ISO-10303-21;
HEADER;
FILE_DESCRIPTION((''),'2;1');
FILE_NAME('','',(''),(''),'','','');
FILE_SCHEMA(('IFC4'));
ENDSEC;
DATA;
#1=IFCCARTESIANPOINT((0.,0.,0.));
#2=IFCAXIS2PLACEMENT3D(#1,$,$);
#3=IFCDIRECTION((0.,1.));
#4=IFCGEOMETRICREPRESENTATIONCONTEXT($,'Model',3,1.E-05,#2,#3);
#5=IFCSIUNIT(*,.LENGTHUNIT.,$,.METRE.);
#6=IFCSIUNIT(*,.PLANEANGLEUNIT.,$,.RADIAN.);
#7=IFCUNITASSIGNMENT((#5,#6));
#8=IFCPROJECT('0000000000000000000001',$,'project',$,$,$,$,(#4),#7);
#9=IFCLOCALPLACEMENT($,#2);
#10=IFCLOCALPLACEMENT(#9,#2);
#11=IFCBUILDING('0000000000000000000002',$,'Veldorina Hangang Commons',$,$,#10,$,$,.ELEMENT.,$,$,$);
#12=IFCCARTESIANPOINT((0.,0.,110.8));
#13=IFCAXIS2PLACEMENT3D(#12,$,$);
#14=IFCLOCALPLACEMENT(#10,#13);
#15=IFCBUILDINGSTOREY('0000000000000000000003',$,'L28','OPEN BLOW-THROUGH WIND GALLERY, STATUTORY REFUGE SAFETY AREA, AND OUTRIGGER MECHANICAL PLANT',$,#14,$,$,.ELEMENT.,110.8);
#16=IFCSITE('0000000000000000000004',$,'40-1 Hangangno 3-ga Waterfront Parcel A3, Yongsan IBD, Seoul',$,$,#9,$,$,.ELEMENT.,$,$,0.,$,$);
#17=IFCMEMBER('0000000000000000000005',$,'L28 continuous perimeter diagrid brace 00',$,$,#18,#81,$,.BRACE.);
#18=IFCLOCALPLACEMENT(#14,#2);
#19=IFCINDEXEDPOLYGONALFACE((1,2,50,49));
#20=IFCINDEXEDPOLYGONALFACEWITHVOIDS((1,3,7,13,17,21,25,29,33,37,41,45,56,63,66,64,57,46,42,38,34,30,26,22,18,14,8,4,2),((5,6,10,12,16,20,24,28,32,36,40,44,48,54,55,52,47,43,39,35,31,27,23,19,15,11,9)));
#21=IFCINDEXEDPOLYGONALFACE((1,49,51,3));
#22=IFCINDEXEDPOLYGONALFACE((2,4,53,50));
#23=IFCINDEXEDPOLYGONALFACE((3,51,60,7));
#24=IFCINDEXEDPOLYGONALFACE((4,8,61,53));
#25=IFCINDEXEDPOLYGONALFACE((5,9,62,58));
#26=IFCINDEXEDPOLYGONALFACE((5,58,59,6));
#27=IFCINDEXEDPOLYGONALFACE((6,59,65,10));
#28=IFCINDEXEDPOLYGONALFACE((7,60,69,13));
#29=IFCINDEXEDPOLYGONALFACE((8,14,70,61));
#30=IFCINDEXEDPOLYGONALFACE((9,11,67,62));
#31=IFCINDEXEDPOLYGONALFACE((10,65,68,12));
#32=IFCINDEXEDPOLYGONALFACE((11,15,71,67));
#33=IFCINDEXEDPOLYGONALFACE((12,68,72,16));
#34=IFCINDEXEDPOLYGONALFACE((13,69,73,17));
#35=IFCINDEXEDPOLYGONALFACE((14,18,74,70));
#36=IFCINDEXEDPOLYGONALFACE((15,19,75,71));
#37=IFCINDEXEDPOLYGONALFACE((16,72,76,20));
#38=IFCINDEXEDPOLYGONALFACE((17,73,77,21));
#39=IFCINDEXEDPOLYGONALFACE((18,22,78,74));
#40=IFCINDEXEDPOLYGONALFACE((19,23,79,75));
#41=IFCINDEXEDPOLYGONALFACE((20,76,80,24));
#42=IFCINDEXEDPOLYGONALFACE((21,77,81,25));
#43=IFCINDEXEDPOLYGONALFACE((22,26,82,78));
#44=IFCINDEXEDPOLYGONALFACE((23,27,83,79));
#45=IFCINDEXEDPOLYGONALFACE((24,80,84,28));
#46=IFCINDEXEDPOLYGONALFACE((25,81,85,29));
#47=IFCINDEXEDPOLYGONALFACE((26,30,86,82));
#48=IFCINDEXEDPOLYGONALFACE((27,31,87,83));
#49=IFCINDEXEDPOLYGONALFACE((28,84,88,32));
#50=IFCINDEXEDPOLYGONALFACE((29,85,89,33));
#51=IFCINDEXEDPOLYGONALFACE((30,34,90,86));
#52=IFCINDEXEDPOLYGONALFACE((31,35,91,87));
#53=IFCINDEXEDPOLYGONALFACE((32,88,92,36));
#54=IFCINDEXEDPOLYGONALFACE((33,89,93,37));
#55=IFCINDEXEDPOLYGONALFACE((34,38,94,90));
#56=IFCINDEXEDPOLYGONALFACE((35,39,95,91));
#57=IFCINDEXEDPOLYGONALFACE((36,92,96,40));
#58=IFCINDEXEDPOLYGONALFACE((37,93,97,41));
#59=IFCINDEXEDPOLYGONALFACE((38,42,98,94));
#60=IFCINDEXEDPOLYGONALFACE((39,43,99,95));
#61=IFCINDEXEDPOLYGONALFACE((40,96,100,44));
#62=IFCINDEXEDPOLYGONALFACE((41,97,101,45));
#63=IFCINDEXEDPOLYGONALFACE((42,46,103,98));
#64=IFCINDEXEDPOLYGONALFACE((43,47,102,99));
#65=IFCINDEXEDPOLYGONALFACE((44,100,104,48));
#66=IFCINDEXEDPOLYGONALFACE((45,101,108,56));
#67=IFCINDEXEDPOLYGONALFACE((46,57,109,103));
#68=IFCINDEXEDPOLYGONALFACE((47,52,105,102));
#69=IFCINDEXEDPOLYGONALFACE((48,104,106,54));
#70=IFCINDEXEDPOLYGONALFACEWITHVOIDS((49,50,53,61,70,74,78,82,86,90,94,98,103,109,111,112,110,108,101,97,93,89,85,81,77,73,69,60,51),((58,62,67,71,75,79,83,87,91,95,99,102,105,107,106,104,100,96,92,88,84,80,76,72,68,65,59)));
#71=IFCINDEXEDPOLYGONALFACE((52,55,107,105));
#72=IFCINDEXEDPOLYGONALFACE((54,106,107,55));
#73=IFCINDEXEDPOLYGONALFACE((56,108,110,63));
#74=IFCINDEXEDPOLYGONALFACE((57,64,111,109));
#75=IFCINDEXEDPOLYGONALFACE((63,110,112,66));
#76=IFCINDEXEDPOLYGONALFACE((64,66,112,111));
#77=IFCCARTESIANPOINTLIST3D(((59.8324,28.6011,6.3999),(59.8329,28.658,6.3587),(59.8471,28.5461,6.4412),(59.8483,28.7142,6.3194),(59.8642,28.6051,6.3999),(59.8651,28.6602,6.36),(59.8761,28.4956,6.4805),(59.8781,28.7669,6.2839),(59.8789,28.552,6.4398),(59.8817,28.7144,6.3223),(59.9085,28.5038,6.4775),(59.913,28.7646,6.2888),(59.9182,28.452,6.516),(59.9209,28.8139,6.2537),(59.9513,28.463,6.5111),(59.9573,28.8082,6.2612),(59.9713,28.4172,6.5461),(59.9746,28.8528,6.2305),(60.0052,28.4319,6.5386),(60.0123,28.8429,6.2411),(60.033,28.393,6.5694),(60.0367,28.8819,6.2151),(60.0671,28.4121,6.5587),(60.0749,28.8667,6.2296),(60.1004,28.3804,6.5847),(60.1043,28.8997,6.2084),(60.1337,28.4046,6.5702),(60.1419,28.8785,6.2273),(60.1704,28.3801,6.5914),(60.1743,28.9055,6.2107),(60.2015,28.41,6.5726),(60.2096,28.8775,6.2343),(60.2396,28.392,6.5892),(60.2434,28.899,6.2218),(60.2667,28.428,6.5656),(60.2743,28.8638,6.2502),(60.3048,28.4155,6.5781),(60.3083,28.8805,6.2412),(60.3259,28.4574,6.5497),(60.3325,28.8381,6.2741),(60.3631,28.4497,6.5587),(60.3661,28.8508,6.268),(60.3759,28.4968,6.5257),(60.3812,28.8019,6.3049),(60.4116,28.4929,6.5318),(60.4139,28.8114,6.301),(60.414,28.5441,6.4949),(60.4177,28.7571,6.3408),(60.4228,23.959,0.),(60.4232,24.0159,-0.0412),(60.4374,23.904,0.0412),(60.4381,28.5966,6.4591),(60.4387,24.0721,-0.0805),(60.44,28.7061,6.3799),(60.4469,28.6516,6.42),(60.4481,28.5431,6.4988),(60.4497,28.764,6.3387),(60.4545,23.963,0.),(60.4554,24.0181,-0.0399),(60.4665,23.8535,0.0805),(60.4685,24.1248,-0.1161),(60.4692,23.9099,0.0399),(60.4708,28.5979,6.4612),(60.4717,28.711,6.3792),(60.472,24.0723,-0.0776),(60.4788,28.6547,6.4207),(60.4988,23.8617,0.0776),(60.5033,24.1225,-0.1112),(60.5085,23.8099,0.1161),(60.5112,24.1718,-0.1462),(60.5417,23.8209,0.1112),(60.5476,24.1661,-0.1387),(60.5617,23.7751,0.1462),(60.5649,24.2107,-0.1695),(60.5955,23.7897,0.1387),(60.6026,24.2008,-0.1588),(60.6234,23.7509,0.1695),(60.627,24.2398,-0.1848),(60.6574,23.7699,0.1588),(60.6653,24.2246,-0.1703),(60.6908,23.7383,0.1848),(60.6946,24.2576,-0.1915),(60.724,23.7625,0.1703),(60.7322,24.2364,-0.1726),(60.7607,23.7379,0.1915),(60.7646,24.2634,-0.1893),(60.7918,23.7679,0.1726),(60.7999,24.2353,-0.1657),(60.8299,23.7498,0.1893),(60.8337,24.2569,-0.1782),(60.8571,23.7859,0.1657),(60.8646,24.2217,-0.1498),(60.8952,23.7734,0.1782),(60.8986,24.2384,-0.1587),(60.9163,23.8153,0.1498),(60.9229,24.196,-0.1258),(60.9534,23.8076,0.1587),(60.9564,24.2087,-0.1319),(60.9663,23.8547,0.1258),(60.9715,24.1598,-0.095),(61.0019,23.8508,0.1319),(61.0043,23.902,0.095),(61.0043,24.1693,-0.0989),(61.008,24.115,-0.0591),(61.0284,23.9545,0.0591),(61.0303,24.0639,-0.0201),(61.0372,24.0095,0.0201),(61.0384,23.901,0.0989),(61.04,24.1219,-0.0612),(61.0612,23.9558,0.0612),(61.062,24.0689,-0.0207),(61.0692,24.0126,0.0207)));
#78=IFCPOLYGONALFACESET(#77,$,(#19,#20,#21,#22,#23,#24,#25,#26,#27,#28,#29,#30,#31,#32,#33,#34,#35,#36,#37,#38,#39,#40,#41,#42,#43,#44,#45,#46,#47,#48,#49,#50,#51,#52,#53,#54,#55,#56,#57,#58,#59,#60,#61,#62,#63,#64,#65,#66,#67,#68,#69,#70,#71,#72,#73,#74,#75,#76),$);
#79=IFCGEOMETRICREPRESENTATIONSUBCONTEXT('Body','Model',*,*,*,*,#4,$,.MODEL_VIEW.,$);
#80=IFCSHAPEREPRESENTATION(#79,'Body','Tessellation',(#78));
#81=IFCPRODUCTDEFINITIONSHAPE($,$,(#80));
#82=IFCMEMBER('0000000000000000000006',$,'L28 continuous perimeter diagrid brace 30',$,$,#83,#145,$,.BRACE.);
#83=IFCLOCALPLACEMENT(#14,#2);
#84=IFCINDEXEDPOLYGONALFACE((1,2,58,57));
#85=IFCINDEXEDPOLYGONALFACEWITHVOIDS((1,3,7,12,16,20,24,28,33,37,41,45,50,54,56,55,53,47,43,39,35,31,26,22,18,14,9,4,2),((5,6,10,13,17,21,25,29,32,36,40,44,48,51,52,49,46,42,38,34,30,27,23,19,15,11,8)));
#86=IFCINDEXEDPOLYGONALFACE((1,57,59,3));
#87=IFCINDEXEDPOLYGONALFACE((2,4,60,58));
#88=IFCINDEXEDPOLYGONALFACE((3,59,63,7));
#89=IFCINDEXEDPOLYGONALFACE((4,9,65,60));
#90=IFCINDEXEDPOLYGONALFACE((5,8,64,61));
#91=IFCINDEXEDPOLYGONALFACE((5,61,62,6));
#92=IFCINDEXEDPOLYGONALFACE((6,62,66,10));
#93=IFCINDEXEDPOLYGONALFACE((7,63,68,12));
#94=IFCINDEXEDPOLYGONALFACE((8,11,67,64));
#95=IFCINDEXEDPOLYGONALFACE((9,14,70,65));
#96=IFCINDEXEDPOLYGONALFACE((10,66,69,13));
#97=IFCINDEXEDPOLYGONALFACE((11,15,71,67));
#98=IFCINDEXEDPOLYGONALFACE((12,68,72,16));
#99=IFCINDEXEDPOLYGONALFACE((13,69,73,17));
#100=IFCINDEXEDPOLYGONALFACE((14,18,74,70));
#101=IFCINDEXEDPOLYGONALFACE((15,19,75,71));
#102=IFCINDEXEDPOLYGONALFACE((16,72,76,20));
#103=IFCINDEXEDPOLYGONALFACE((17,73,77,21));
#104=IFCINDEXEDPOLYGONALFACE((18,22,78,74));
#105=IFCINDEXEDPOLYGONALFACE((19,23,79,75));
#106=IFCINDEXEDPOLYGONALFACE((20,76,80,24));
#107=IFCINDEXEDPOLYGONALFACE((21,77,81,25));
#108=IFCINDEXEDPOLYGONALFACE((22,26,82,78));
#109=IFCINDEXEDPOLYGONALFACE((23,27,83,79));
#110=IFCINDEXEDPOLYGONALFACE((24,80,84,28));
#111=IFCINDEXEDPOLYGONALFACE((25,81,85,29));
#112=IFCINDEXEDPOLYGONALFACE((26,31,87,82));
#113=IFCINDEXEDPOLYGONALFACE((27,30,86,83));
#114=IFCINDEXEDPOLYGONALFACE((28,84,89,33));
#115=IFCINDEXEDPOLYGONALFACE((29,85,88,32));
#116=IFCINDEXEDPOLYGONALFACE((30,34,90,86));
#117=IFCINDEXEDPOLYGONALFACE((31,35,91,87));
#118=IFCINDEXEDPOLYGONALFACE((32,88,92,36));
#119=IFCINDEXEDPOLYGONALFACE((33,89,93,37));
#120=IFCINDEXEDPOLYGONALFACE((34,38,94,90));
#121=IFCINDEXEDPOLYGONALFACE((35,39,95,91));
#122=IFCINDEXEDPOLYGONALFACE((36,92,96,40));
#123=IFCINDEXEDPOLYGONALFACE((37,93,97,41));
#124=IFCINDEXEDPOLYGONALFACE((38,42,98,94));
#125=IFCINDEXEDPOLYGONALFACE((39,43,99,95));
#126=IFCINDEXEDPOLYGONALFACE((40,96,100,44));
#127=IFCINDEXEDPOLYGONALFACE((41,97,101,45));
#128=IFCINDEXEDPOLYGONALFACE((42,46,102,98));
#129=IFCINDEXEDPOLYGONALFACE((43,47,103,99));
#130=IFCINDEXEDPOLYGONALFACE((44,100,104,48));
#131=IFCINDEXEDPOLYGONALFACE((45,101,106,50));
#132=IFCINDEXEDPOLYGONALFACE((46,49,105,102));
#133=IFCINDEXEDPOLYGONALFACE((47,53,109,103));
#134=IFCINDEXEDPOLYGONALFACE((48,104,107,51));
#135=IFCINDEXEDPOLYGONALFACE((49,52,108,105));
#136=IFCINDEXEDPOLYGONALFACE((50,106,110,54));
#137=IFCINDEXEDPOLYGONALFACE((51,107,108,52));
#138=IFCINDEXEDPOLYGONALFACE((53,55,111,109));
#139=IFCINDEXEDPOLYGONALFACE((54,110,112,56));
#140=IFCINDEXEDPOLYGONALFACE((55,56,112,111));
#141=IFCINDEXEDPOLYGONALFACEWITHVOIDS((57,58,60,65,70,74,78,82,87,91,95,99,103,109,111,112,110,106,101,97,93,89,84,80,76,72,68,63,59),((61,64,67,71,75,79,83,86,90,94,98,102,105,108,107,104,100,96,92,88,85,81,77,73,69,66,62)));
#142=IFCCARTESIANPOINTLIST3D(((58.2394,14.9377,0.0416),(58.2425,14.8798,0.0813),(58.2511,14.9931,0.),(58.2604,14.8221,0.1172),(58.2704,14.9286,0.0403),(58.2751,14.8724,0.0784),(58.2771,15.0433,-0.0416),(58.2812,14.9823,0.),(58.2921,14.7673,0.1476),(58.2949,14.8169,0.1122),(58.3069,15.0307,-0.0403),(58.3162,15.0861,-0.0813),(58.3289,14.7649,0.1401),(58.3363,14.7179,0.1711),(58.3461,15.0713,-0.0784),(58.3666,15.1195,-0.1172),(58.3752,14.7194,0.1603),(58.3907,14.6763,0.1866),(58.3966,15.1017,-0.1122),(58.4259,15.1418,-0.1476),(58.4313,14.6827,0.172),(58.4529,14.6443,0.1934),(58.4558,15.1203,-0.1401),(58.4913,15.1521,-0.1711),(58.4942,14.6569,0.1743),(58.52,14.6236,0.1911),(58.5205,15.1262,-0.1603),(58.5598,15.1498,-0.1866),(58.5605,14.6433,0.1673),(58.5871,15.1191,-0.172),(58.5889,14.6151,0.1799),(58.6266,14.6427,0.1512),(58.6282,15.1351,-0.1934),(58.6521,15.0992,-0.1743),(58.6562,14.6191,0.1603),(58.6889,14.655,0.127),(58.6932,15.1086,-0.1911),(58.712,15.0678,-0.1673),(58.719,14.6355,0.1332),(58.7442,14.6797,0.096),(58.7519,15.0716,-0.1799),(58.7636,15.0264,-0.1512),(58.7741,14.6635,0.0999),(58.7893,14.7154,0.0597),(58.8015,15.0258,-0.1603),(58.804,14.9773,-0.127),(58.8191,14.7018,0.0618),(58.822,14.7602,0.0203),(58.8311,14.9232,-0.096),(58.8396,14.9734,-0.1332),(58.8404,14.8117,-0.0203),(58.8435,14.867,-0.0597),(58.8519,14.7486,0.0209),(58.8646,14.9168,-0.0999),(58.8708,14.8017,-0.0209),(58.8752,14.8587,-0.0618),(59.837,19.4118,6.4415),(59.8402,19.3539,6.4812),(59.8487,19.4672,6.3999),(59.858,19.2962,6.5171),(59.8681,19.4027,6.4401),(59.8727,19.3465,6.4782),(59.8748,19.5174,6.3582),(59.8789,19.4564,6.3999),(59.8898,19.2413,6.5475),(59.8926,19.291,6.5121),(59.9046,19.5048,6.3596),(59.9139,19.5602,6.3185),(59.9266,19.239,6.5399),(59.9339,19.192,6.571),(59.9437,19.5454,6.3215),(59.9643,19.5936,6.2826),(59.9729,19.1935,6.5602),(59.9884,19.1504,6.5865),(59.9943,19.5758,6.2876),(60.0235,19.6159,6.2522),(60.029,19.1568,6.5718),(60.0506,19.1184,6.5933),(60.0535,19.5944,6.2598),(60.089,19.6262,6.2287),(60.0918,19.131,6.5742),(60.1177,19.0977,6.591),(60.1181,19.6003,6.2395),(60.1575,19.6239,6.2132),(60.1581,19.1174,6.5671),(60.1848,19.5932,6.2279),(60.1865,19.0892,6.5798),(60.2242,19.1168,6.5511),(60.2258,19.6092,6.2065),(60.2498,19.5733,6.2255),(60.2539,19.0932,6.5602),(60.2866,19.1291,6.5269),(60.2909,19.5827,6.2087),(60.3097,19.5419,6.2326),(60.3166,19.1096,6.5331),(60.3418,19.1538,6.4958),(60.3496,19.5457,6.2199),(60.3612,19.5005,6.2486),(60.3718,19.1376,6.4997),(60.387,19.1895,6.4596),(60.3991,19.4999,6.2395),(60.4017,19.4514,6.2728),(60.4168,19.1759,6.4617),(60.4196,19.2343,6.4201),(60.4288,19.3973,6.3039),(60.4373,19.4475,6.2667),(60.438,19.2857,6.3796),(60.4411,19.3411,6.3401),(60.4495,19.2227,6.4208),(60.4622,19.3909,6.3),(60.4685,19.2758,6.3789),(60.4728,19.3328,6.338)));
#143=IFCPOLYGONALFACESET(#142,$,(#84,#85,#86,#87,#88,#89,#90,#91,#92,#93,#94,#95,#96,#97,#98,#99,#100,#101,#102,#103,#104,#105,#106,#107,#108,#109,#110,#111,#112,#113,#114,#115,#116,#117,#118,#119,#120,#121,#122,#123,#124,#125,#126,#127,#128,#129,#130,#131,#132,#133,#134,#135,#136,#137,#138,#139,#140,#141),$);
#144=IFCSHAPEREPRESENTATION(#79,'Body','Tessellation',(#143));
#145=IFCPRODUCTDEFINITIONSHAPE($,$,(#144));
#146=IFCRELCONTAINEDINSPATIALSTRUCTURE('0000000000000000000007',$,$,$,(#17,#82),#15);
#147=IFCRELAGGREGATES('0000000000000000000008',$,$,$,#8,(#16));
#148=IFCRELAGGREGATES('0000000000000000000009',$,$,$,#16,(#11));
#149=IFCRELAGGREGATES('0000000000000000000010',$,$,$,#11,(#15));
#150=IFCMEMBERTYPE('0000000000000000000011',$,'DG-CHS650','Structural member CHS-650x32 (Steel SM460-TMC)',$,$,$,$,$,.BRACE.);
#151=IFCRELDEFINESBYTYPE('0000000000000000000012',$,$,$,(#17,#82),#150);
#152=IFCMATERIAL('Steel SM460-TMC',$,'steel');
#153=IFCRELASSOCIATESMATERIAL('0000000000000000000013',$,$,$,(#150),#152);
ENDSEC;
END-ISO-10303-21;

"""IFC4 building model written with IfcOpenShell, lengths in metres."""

from ifc_helpers import new_model, si_unit, direction, frame, origin, origin_2d, place, context, subcontext, project, spatial, hollow_circle, extrude, material, material_profile, profile_set, type_object, element, save


model = new_model("IFC4")

# Units and contexts
model_context = context("Model", 3, precision=1e-05, world=origin(), true_north=direction((0.0, 1.0)))
body_context = subcontext(model_context, "Body", "Model", "MODEL_VIEW")
ifc_project = project(units=[si_unit("LENGTHUNIT", "METRE"), si_unit("PLANEANGLEUNIT", "RADIAN")], contexts=[model_context])

# Site, building, storey
site_placement = place(None, origin())
site = spatial("IfcSite", under=ifc_project, at=site_placement, Name="40-1 Hangangno 3-ga Waterfront Parcel A3, Yongsan IBD, Seoul", CompositionType="ELEMENT", RefElevation=0.0)
building_placement = place(site_placement, origin())
building = spatial("IfcBuilding", under=site, at=building_placement, Name="Veldorina Hangang Commons", CompositionType="ELEMENT")
storey_placement = place(building_placement, frame((0.0, 0.0, 110.8)))
storey = spatial("IfcBuildingStorey", under=building, at=storey_placement, Name="L28", Description="OPEN BLOW-THROUGH WIND GALLERY, STATUTORY REFUGE SAFETY AREA, AND OUTRIGGER MECHANICAL PLANT", CompositionType="ELEMENT", Elevation=110.8)

# Shared definitions
ifc_material_1 = material(Name="Steel SM460-TMC", Category="steel")

# Members
ifc_material_profile_1 = material_profile(ifc_material_1, hollow_circle(Radius=0.325, WallThickness=0.032, at=origin_2d()), Name="CHS-650x32")
ifc_profile_set_1 = profile_set([ifc_material_profile_1], Name="Steel SM460-TMC")
member_type_1 = type_object("IfcMemberType", Name="DG-CHS650", Description="Structural member CHS-650x32 (Steel SM460-TMC)", PredefinedType="BRACE", material=ifc_profile_set_1)
member_1_placement = place(storey_placement, frame((60.7451, 24.0, 0.0), z_axis=(-0.07446, 0.585517, 0.807233), x_axis=(-0.992011, -0.126153, 0.0)))
element("IfcMember", 1, at=member_1_placement, inside=storey, type_object=member_type_1, Name="L28 continuous perimeter diagrid brace 00", PredefinedType="BRACE", context=body_context, shape_type="SweptSolid", body=[
    extrude(hollow_circle(Radius=0.325, WallThickness=0.032, at=origin_2d()), origin(), (0.0, 0.0, 1.0), 7.9282),
])
member_2_placement = place(storey_placement, frame((58.5571, 14.8838, 0.0), z_axis=(0.200446, 0.561334, 0.802948), x_axis=(-0.941758, 0.336291, 0.0)))
element("IfcMember", 2, at=member_2_placement, inside=storey, type_object=member_type_1, Name="L28 continuous perimeter diagrid brace 30", PredefinedType="BRACE", context=body_context, shape_type="SweptSolid", body=[
    extrude(hollow_circle(Radius=0.325, WallThickness=0.032, at=origin_2d()), origin(), (0.0, 0.0, 1.0), 7.9705),
])

save(model, "model.ifc")
